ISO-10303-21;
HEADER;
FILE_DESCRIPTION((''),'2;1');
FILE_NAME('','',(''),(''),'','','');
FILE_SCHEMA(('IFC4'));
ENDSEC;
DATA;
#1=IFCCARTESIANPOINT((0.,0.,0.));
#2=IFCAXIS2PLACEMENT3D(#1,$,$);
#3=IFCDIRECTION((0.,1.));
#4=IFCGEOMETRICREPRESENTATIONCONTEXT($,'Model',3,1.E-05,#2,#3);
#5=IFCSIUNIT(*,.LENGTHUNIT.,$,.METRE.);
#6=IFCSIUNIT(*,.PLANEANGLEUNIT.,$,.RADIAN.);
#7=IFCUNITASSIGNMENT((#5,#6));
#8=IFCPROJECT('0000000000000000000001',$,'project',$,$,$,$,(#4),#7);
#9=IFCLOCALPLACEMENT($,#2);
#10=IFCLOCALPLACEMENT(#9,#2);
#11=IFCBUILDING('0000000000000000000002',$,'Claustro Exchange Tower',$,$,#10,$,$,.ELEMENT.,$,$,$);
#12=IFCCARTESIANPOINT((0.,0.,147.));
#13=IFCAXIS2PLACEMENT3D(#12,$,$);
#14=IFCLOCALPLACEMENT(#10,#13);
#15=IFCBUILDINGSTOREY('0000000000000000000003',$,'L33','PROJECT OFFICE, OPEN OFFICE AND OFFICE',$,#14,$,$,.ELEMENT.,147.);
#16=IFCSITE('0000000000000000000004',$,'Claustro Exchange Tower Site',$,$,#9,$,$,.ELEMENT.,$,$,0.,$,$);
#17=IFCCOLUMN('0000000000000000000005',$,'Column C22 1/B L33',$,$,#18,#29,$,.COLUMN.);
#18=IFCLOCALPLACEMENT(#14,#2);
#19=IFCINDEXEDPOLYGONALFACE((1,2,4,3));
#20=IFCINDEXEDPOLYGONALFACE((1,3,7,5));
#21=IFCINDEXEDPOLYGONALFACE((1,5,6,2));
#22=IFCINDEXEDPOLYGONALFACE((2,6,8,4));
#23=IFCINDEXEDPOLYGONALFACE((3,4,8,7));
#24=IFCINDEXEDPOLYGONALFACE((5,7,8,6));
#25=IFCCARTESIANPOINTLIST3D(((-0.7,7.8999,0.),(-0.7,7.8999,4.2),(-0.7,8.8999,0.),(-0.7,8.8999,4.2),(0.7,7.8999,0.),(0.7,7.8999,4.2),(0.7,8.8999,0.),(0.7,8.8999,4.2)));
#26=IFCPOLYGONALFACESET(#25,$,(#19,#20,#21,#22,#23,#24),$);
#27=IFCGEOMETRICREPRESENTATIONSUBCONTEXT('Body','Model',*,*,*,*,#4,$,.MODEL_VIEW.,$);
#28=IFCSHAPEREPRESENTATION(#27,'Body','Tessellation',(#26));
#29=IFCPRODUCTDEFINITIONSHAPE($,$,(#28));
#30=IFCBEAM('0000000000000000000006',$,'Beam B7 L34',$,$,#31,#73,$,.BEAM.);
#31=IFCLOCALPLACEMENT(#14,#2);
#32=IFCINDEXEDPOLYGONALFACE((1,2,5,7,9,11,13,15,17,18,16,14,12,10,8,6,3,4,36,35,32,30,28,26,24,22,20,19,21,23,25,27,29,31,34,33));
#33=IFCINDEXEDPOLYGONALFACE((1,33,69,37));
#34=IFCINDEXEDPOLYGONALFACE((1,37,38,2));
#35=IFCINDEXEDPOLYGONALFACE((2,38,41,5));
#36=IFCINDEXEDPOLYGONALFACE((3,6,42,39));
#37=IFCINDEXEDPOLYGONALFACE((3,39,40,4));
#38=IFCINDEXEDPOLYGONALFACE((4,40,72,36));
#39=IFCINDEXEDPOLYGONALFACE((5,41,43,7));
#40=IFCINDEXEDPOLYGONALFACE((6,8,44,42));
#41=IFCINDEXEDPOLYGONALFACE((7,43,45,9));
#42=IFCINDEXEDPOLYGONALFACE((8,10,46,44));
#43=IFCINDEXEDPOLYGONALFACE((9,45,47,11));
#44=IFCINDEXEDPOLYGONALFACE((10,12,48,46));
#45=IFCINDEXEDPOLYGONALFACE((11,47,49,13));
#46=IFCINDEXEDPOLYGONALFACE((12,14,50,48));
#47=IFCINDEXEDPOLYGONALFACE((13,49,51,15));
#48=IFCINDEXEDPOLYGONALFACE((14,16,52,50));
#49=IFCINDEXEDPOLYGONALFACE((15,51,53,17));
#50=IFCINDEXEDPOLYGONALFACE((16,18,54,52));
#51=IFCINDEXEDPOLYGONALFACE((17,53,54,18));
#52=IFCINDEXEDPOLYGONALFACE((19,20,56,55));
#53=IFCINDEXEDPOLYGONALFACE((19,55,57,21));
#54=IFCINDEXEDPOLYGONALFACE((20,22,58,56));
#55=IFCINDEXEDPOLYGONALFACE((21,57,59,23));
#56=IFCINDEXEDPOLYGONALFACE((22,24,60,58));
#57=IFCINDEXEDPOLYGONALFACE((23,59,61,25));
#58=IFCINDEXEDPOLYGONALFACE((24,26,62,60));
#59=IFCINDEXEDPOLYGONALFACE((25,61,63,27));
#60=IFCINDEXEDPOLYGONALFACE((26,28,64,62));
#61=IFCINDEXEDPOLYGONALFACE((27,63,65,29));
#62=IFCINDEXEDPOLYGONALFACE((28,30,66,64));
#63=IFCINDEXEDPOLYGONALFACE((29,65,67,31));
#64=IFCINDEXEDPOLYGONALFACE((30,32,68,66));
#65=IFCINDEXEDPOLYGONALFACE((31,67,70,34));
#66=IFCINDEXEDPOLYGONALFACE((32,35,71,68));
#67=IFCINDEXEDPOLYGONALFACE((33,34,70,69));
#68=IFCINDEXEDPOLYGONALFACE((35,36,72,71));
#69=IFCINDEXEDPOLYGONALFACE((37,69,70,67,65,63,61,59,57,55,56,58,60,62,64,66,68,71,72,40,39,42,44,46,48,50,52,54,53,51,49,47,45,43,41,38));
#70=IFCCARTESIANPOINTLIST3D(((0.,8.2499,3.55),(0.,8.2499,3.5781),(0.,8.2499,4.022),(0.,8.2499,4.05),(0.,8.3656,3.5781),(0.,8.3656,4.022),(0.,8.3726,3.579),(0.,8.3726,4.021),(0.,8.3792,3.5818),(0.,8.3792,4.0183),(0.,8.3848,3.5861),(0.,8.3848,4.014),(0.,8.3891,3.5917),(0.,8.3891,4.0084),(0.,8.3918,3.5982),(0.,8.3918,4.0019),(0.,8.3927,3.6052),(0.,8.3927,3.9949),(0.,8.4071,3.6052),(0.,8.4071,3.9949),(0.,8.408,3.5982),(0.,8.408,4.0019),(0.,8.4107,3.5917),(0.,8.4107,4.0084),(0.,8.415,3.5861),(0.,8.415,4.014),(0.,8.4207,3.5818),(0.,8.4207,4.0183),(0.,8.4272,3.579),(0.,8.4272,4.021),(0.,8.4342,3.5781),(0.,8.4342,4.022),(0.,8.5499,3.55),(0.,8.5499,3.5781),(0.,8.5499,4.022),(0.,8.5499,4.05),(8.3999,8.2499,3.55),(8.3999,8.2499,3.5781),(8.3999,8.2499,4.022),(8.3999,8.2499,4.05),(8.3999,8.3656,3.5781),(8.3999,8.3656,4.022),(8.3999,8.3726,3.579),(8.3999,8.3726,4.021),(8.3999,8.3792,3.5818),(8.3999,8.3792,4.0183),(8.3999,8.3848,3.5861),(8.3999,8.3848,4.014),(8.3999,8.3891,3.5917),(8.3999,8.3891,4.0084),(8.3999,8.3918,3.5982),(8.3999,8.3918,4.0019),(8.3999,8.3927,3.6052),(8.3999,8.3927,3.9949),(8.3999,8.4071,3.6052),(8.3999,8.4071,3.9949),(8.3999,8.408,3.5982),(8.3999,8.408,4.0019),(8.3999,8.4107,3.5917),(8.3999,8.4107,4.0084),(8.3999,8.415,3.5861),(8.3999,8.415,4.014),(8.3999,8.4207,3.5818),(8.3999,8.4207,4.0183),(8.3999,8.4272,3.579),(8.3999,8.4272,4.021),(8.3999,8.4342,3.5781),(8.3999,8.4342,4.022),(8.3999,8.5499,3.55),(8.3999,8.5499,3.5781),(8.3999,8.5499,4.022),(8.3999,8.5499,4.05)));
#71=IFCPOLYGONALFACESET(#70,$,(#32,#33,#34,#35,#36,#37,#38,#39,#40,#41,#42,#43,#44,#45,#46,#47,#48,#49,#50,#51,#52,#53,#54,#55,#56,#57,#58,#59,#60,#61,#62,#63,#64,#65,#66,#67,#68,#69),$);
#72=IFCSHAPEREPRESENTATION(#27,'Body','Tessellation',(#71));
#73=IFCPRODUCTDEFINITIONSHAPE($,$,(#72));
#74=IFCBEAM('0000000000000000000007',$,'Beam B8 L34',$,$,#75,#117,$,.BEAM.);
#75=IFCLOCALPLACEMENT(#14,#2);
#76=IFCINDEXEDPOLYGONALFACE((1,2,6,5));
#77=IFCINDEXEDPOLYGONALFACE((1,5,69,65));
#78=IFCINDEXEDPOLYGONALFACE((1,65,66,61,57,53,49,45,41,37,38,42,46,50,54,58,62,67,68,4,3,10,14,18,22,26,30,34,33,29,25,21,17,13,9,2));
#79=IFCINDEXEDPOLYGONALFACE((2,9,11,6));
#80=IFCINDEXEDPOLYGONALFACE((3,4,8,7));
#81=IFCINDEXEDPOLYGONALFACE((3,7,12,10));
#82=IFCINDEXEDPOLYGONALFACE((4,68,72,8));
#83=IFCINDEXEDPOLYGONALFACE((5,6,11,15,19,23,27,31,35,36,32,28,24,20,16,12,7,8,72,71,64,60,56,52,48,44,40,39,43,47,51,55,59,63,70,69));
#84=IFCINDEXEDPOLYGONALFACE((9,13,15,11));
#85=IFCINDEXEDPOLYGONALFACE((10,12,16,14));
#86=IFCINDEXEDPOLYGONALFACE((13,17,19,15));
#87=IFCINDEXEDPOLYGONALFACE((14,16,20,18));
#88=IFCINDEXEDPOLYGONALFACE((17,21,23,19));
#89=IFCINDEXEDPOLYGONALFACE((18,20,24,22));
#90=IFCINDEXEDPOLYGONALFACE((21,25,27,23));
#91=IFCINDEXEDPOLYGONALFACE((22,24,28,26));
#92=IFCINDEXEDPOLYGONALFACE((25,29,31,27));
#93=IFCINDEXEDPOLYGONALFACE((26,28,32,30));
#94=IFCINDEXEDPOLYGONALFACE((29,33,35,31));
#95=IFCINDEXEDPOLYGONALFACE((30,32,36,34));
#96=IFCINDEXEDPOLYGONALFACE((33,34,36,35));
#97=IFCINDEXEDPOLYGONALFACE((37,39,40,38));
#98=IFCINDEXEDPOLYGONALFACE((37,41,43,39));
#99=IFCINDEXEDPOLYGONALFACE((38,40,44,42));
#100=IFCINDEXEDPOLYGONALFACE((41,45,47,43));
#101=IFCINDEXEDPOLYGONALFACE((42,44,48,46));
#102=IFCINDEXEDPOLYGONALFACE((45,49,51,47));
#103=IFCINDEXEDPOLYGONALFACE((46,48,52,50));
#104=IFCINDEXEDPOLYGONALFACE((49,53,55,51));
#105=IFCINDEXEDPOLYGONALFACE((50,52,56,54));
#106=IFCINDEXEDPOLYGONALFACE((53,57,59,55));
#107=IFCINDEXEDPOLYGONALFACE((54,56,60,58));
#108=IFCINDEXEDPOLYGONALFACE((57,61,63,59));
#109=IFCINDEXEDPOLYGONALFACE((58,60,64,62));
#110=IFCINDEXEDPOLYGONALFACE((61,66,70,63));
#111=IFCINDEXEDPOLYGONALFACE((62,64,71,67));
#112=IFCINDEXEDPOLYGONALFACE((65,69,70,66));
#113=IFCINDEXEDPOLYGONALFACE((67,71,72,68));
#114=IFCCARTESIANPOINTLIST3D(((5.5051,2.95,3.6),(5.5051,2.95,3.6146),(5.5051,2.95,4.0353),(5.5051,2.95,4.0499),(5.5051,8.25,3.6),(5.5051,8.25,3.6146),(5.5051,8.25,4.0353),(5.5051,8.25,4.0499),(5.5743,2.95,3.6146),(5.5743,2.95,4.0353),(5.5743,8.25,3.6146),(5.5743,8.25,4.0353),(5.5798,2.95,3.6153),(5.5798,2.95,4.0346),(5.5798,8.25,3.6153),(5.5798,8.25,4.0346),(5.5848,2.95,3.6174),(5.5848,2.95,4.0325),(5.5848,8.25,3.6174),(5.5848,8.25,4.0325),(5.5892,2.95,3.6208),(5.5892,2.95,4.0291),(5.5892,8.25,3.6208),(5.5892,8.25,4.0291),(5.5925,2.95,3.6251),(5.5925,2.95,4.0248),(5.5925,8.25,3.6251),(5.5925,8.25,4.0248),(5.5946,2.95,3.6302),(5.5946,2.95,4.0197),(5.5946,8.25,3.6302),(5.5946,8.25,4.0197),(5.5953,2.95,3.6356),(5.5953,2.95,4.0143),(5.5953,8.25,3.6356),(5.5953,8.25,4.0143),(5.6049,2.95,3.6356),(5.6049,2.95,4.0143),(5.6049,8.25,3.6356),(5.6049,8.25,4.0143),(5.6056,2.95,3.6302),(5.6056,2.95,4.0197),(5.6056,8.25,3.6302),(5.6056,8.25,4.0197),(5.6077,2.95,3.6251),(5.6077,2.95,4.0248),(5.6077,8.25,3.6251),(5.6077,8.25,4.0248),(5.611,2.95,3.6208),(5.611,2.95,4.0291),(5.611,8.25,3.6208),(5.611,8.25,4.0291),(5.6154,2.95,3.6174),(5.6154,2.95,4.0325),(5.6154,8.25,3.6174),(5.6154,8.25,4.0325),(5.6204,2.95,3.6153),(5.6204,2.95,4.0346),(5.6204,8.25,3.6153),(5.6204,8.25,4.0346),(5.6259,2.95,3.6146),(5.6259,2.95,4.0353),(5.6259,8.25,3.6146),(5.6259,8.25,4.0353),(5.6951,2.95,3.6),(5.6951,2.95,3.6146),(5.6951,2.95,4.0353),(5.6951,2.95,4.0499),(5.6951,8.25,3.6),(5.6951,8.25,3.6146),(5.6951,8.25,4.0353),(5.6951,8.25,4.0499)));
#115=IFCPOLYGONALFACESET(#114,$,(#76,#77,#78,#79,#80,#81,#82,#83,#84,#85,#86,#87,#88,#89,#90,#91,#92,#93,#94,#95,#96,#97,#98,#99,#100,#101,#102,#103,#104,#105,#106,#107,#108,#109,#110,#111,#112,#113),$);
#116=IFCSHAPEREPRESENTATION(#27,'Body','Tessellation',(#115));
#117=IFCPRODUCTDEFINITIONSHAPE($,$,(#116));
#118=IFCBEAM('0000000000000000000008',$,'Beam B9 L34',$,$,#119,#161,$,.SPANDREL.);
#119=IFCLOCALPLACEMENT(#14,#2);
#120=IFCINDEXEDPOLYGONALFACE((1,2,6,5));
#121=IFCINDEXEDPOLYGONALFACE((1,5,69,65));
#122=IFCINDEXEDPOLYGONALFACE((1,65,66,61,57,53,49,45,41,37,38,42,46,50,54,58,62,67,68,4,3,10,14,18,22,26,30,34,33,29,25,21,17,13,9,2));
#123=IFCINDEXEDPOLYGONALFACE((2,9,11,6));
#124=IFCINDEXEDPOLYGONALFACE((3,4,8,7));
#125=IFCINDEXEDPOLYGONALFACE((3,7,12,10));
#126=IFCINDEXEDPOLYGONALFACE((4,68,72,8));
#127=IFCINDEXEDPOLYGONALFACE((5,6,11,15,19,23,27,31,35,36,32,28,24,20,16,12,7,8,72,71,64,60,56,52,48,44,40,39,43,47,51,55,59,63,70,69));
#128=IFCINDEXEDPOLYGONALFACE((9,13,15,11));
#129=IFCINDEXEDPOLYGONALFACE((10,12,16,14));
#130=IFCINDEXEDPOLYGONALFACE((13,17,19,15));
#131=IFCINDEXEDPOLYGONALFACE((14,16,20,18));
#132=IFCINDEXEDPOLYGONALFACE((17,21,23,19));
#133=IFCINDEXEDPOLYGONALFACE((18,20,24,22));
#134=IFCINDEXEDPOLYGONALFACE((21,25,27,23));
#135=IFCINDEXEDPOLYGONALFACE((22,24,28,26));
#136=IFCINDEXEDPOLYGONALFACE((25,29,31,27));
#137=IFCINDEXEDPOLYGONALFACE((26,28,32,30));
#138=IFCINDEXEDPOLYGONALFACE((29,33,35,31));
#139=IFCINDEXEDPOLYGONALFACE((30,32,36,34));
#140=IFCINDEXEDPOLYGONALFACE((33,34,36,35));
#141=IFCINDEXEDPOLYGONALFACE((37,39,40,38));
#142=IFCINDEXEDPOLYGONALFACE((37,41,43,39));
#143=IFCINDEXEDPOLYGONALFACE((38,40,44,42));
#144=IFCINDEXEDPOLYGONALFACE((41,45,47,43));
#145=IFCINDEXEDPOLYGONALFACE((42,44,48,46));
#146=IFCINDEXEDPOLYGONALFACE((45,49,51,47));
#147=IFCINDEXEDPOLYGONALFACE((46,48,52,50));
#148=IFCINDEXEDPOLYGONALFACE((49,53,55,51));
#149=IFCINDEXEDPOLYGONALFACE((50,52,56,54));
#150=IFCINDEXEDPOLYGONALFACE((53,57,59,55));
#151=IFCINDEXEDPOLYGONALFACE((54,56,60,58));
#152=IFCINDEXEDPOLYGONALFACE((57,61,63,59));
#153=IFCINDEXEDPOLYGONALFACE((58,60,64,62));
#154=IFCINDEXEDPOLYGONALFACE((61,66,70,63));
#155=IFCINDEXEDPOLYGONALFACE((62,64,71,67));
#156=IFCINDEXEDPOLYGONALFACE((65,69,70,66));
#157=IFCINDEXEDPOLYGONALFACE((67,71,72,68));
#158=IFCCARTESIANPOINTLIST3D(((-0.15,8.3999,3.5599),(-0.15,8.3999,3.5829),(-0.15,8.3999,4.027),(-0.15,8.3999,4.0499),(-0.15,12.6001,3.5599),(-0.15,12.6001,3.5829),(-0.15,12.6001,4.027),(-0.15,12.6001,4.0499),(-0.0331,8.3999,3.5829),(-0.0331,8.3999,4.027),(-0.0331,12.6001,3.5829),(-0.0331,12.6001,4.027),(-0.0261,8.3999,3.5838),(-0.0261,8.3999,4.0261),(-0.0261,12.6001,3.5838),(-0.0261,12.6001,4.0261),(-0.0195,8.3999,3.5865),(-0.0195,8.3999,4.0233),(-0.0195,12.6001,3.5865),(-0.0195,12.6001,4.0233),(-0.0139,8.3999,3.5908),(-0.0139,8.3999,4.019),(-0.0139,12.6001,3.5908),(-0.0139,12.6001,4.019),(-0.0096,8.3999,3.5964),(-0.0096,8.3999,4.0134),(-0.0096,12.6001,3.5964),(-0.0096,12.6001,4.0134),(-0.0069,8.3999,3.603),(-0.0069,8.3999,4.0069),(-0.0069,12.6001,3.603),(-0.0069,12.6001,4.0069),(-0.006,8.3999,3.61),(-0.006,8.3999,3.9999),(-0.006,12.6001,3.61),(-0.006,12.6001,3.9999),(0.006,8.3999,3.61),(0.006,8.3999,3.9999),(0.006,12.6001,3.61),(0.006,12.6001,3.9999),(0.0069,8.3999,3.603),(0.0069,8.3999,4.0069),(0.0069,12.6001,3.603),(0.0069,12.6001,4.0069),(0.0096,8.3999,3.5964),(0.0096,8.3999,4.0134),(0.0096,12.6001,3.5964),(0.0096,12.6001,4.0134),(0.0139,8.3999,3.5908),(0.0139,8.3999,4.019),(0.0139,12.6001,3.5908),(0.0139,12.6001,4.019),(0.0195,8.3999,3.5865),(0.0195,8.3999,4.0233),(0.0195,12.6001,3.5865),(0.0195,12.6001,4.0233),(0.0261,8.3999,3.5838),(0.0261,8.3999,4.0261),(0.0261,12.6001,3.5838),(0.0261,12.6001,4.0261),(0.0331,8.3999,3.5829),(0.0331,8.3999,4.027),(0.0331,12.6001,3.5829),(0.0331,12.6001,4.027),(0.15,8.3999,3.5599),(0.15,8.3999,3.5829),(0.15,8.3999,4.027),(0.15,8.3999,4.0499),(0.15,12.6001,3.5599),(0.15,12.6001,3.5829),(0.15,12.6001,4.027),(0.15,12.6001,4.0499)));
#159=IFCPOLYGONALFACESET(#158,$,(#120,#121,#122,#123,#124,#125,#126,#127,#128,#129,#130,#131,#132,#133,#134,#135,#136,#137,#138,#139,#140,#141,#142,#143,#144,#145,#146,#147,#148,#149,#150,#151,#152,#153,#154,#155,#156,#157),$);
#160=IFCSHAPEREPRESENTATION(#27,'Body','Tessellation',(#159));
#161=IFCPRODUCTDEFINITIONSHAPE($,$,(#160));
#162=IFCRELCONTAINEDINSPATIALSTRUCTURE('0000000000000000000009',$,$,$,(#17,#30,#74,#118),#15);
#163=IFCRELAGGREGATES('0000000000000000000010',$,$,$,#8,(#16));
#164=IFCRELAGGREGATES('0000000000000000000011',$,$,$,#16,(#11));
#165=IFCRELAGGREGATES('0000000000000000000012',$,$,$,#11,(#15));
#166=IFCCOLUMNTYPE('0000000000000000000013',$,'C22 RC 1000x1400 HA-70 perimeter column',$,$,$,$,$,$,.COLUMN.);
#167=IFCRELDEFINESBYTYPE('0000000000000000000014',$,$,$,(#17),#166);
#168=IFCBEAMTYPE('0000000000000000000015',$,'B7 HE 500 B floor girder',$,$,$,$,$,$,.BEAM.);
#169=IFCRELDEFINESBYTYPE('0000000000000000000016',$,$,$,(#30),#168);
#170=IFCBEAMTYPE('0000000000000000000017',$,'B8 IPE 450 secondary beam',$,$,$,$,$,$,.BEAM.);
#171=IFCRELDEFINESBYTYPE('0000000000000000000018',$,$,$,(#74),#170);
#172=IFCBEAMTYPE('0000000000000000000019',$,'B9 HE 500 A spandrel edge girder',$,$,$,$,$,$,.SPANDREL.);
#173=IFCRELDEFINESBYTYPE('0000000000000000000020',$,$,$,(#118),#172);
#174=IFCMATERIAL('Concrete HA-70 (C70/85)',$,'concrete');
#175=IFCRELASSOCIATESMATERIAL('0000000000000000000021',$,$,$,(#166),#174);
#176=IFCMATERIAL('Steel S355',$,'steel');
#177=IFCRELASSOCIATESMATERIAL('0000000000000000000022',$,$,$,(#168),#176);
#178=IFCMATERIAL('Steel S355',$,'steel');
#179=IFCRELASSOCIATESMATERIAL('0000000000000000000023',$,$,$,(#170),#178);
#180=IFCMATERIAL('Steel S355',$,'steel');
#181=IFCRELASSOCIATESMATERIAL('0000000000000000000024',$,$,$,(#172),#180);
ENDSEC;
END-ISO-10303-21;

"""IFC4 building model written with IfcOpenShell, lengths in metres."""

from ifc_helpers import new_model, si_unit, direction, frame, origin, origin_2d, place, context, subcontext, project, spatial, rectangle, i_section, extrude, material, material_profile, profile_set, type_object, element, save


model = new_model("IFC4")

# Units and contexts
model_context = context("Model", 3, precision=1e-05, world=origin(), true_north=direction((0.0, 1.0)))
body_context = subcontext(model_context, "Body", "Model", "MODEL_VIEW")
ifc_project = project(units=[si_unit("LENGTHUNIT", "METRE"), si_unit("PLANEANGLEUNIT", "RADIAN")], contexts=[model_context])

# Site, building, storey
site_placement = place(None, origin())
site = spatial("IfcSite", under=ifc_project, at=site_placement, Name="Claustro Exchange Tower Site", CompositionType="ELEMENT", RefElevation=0.0)
building_placement = place(site_placement, origin())
building = spatial("IfcBuilding", under=site, at=building_placement, Name="Claustro Exchange Tower", CompositionType="ELEMENT")
storey_placement = place(building_placement, frame((0.0, 0.0, 147.0)))
storey = spatial("IfcBuildingStorey", under=building, at=storey_placement, Name="L33", Description="PROJECT OFFICE, OPEN OFFICE AND OFFICE", CompositionType="ELEMENT", Elevation=147.0)

# Column
ifc_material_1 = material(Name="Concrete HA-70 (C70/85)", Category="concrete")
ifc_material_profile_1 = material_profile(ifc_material_1, rectangle(XDim=1.0, YDim=1.3999, at=origin_2d()), Name="RC 1000x1400")
ifc_profile_set_1 = profile_set([ifc_material_profile_1], Name="Concrete HA-70 (C70/85)")
column_type = type_object("IfcColumnType", Name="C22 RC 1000x1400 HA-70 perimeter column", PredefinedType="COLUMN", material=ifc_profile_set_1)
column_placement = place(storey_placement, frame((0.0, 8.3999, 0.0), z_axis=(0.0, 0.0, 1.0), x_axis=(0.0, 1.0, 0.0)))
element("IfcColumn", 1, at=column_placement, inside=storey, type_object=column_type, Name="Column C22 1/B L33", PredefinedType="COLUMN", context=body_context, shape_type="SweptSolid", body=[
    extrude(rectangle(XDim=1.0, YDim=1.3999, at=origin_2d()), origin(), (0.0, 0.0, 1.0), 4.2),
])

# Beams
ifc_material_2 = material(Name="Steel S355", Category="steel")
ifc_material_profile_2 = material_profile(ifc_material_2, i_section(OverallWidth=0.3, OverallDepth=0.5, WebThickness=0.0144, FlangeThickness=0.0281, FilletRadius=0.0271, at=origin_2d()), Name="HE 500 B")
ifc_profile_set_2 = profile_set([ifc_material_profile_2], Name="Steel S355")
beam_type_1 = type_object("IfcBeamType", Name="B7 HE 500 B floor girder", PredefinedType="BEAM", material=ifc_profile_set_2)
beam_1_placement = place(storey_placement, frame((0.0, 8.3999, 3.8), z_axis=(1.0, 0.0, 0.0), x_axis=(0.0, 1.0, 0.0)))
element("IfcBeam", 2, at=beam_1_placement, inside=storey, type_object=beam_type_1, Name="Beam B7 L34", PredefinedType="BEAM", context=body_context, shape_type="SweptSolid", body=[
    extrude(i_section(OverallWidth=0.3, OverallDepth=0.5, WebThickness=0.0144, FlangeThickness=0.0281, FilletRadius=0.0271, at=origin_2d()), origin(), (0.0, 0.0, 1.0), 8.3999),
])
ifc_material_3 = material(Name="Steel S355", Category="steel")
ifc_material_profile_3 = material_profile(ifc_material_3, i_section(OverallWidth=0.1899, OverallDepth=0.45, WebThickness=0.0095, FlangeThickness=0.0146, FilletRadius=0.021, at=origin_2d()), Name="IPE 450")
ifc_profile_set_3 = profile_set([ifc_material_profile_3], Name="Steel S355")
beam_type_2 = type_object("IfcBeamType", Name="B8 IPE 450 secondary beam", PredefinedType="BEAM", material=ifc_profile_set_3)
beam_2_placement = place(storey_placement, frame((5.6001, 2.95, 3.825), z_axis=(0.0, 1.0, 0.0), x_axis=(-1.0, 0.0, 0.0)))
element("IfcBeam", 3, at=beam_2_placement, inside=storey, type_object=beam_type_2, Name="Beam B8 L34", PredefinedType="BEAM", context=body_context, shape_type="SweptSolid", body=[
    extrude(i_section(OverallWidth=0.1899, OverallDepth=0.45, WebThickness=0.0095, FlangeThickness=0.0146, FilletRadius=0.021, at=origin_2d()), origin(), (0.0, 0.0, 1.0), 5.3),
])
ifc_material_4 = material(Name="Steel S355", Category="steel")
ifc_material_profile_4 = material_profile(ifc_material_4, i_section(OverallWidth=0.3, OverallDepth=0.49, WebThickness=0.012, FlangeThickness=0.0229, FilletRadius=0.0271, at=origin_2d()), Name="HE 500 A")
ifc_profile_set_4 = profile_set([ifc_material_profile_4], Name="Steel S355")
beam_type_3 = type_object("IfcBeamType", Name="B9 HE 500 A spandrel edge girder", PredefinedType="SPANDREL", material=ifc_profile_set_4)
beam_3_placement = place(storey_placement, frame((0.0, 8.3999, 3.8049), z_axis=(0.0, 1.0, 0.0), x_axis=(-1.0, 0.0, 0.0)))
element("IfcBeam", 4, at=beam_3_placement, inside=storey, type_object=beam_type_3, Name="Beam B9 L34", PredefinedType="SPANDREL", context=body_context, shape_type="SweptSolid", body=[
    extrude(i_section(OverallWidth=0.3, OverallDepth=0.49, WebThickness=0.012, FlangeThickness=0.0229, FilletRadius=0.0271, at=origin_2d()), origin(), (0.0, 0.0, 1.0), 4.2002),
])

save(model, "model.ifc")
